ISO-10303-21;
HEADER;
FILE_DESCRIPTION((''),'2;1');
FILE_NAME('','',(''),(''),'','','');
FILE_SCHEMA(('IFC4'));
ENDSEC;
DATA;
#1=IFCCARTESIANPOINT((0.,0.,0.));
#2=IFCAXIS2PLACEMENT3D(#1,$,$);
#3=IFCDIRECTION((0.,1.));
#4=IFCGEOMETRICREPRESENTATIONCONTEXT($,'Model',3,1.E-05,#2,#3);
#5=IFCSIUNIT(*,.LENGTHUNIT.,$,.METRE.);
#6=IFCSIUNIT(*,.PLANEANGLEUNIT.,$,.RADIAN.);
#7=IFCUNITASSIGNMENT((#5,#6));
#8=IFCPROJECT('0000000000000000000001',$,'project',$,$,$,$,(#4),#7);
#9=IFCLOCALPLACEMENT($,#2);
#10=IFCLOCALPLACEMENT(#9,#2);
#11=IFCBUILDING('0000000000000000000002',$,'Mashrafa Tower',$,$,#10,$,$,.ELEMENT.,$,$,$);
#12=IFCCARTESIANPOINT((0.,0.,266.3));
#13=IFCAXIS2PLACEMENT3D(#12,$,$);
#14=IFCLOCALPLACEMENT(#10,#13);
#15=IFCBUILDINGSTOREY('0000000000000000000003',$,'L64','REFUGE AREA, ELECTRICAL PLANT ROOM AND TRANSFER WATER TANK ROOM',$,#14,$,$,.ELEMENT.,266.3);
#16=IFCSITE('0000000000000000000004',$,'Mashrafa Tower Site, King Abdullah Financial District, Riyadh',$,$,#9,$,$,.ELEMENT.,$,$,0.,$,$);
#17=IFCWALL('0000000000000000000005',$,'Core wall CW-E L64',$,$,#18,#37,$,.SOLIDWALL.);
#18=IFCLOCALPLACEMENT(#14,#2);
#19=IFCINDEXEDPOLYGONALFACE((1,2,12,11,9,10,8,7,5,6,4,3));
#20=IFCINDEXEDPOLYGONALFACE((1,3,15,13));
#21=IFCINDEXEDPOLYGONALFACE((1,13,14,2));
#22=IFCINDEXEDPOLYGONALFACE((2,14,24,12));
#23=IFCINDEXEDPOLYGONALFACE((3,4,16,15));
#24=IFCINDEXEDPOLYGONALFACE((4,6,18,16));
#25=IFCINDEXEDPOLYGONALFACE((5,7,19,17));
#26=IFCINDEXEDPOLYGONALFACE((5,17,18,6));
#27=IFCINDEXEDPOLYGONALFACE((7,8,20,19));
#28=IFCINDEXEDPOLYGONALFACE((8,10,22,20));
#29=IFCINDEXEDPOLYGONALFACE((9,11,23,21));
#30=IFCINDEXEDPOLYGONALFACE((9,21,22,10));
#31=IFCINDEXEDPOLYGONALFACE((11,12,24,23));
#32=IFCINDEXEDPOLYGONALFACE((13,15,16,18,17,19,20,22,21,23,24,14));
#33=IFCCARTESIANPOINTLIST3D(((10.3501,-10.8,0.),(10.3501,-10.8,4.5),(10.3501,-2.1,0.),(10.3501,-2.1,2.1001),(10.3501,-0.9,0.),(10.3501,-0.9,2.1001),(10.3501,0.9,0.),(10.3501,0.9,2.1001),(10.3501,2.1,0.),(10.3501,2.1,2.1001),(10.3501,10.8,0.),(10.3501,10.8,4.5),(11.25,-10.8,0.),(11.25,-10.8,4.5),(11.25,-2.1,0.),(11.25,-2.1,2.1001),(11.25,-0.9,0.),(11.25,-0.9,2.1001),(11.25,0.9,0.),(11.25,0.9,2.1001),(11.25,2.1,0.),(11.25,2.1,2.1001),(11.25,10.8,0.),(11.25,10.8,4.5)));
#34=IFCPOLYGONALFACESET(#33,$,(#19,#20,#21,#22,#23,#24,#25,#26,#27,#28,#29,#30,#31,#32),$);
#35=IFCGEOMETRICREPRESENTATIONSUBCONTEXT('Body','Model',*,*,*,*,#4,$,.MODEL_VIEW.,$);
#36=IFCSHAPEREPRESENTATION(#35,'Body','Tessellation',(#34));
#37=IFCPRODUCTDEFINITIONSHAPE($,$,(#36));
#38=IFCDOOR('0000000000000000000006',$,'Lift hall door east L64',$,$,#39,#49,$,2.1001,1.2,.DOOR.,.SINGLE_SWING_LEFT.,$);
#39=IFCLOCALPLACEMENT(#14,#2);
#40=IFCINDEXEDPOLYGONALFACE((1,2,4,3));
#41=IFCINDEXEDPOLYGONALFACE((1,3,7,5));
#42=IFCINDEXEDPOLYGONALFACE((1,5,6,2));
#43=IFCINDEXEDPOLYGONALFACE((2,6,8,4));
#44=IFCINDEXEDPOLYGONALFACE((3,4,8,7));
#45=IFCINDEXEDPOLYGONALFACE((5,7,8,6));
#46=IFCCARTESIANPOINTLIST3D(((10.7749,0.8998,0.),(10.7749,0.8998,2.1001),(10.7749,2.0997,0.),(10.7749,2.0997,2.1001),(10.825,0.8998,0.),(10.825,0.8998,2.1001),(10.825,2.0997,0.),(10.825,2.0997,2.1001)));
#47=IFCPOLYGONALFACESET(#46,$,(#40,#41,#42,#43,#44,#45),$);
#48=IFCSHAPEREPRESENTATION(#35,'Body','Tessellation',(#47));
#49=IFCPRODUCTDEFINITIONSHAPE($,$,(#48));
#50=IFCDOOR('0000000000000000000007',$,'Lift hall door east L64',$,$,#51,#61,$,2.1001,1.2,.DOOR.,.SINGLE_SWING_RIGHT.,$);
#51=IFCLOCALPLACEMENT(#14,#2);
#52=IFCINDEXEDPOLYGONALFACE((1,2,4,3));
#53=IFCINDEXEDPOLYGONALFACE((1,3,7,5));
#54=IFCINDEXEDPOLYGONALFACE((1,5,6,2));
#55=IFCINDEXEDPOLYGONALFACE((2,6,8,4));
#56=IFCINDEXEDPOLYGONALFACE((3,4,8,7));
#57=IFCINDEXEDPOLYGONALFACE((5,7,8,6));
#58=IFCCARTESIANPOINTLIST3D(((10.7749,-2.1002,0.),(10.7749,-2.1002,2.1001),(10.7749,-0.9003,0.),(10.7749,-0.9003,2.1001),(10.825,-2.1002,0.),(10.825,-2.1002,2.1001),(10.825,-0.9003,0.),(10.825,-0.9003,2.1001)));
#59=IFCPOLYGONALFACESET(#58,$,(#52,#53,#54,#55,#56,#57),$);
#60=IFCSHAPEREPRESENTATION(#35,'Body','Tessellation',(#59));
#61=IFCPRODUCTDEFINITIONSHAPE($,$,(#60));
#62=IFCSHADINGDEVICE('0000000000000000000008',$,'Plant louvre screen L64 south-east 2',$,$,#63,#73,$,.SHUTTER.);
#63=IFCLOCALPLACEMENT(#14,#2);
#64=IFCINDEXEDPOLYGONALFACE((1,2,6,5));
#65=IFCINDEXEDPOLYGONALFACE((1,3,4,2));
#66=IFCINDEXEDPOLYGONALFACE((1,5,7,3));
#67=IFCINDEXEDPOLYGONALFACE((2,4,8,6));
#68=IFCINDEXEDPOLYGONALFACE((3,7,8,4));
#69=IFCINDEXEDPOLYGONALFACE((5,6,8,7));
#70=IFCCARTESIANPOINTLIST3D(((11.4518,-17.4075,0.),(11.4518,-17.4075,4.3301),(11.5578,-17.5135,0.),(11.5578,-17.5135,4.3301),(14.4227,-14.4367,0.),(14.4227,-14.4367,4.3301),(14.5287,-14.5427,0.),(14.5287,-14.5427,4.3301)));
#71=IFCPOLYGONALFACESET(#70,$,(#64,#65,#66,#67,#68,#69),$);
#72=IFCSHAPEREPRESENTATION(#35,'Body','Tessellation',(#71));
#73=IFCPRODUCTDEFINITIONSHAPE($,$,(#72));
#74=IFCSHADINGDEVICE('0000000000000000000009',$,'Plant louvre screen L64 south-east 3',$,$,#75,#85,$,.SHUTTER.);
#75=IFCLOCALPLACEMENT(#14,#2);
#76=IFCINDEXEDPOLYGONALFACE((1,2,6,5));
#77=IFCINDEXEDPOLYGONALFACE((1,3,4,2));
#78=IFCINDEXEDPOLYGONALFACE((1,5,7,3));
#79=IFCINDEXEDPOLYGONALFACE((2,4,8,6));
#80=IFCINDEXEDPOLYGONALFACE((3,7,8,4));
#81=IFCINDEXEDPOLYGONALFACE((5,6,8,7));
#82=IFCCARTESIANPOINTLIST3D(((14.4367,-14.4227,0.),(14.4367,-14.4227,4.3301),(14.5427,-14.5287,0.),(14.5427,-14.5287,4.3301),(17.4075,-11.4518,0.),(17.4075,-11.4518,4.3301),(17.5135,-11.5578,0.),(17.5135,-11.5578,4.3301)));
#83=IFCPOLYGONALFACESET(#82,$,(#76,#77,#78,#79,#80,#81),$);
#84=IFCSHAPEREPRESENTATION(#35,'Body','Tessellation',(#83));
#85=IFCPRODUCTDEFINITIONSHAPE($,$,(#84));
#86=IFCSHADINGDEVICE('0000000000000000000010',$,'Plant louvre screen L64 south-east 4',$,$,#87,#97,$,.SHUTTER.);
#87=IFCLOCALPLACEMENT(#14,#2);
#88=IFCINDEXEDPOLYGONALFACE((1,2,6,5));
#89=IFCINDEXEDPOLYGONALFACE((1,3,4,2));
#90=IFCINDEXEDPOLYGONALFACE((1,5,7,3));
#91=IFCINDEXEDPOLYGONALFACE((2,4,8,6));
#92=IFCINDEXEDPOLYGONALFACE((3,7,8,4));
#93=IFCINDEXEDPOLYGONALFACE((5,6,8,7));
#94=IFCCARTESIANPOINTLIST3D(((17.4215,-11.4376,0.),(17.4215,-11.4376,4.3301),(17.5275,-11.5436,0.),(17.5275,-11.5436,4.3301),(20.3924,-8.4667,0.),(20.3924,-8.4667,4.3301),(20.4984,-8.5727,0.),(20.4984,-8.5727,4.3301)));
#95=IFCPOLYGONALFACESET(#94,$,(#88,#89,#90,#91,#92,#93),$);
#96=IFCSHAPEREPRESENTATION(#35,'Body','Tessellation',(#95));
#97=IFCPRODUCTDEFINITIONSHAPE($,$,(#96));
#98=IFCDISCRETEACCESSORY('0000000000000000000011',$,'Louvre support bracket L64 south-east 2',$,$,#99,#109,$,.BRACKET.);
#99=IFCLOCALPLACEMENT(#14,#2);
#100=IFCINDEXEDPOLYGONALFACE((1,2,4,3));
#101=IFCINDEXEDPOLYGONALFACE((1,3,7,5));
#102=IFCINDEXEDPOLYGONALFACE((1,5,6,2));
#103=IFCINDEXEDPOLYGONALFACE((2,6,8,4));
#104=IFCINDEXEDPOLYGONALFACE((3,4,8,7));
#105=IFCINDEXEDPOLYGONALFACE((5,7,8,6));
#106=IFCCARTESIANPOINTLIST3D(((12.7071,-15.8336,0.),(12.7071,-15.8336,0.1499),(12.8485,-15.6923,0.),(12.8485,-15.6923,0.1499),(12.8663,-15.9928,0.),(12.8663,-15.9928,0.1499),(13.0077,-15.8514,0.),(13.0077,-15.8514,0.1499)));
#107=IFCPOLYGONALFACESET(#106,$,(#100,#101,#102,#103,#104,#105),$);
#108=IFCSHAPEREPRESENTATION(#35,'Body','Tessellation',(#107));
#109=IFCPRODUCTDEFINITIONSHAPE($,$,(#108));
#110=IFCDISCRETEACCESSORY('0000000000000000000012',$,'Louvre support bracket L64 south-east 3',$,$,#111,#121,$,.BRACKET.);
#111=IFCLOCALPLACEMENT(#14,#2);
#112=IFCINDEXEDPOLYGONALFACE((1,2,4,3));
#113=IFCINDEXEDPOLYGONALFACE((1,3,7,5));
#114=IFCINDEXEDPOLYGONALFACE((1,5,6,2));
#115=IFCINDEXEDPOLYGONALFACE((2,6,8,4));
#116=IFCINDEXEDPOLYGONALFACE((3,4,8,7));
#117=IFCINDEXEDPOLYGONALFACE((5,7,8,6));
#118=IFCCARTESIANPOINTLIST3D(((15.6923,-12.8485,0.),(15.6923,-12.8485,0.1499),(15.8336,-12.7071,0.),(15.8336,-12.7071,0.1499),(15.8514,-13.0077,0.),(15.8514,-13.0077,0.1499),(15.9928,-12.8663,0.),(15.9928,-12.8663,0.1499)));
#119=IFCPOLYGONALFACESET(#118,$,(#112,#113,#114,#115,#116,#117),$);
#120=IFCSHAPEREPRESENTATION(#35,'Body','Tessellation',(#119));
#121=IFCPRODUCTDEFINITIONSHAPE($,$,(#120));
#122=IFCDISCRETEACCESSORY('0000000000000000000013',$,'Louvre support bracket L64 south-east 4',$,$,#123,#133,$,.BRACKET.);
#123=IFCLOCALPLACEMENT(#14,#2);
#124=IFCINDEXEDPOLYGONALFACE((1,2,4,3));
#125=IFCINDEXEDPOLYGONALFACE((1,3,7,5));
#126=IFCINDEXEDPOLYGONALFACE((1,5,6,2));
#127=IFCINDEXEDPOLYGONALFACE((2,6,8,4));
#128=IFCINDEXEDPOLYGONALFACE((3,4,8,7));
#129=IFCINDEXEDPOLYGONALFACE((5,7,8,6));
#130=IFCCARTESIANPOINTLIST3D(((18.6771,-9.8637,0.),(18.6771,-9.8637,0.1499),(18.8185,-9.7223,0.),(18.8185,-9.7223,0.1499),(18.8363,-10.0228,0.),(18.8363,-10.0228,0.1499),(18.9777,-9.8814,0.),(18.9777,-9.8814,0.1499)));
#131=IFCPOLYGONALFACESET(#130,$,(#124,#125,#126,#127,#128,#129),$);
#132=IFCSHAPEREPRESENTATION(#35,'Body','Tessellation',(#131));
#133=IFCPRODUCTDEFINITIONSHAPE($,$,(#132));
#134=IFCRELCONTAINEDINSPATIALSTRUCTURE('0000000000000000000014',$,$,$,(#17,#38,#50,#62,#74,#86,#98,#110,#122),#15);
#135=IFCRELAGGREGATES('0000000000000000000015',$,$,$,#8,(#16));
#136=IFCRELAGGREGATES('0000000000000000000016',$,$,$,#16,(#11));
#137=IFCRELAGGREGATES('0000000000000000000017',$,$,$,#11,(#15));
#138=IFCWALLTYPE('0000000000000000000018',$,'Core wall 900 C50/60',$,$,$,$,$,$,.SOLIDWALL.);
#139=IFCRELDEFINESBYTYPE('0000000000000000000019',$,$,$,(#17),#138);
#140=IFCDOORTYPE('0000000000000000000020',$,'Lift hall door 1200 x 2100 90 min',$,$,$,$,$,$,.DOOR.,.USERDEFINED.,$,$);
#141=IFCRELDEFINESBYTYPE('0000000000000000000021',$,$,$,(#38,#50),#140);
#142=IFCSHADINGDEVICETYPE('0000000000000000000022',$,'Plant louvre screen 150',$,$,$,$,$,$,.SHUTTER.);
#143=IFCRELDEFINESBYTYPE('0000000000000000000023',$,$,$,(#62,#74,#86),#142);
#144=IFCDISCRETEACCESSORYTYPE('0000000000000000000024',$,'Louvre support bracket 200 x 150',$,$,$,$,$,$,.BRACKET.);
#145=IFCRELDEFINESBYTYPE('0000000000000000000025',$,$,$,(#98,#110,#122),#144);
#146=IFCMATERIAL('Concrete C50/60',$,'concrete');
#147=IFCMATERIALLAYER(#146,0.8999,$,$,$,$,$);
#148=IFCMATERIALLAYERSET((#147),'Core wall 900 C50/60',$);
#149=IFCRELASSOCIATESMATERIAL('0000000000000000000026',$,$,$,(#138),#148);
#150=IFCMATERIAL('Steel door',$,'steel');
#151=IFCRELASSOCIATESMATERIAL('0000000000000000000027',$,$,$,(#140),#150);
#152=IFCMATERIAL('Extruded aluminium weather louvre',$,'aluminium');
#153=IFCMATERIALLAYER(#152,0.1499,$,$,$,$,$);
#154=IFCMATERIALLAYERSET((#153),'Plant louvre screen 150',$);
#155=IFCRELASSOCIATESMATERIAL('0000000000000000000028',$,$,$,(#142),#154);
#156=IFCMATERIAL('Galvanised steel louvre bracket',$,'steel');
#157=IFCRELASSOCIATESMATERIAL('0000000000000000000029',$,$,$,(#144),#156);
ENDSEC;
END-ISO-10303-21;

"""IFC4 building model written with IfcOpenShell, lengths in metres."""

from ifc_helpers import new_model, si_unit, direction, frame, frame_2d, origin, origin_2d, place, context, subcontext, project, spatial, rectangle, extrude, source, transform, mapped, material, layer, layer_set, type_object, type_shapes, element, fill, save


model = new_model("IFC4")

# Units and contexts
model_context = context("Model", 3, precision=1e-05, world=origin(), true_north=direction((0.0, 1.0)))
body_context = subcontext(model_context, "Body", "Model", "MODEL_VIEW")
ifc_project = project(units=[si_unit("LENGTHUNIT", "METRE"), si_unit("PLANEANGLEUNIT", "RADIAN")], contexts=[model_context])

# Site, building, storey
site_placement = place(None, origin())
site = spatial("IfcSite", under=ifc_project, at=site_placement, Name="Mashrafa Tower Site, King Abdullah Financial District, Riyadh", CompositionType="ELEMENT", RefElevation=0.0)
building_placement = place(site_placement, origin())
building = spatial("IfcBuilding", under=site, at=building_placement, Name="Mashrafa Tower", CompositionType="ELEMENT")
storey_placement = place(building_placement, frame((0.0, 0.0, 266.3)))
storey = spatial("IfcBuildingStorey", under=building, at=storey_placement, Name="L64", Description="REFUGE AREA, ELECTRICAL PLANT ROOM AND TRANSFER WATER TANK ROOM", CompositionType="ELEMENT", Elevation=266.3)

# Wall, openings, doors
ifc_material_1 = material(Name="Concrete C50/60", Category="concrete")
ifc_layer_1 = layer(ifc_material_1, 0.8999)
ifc_layer_set_1 = layer_set([ifc_layer_1], Name="Core wall 900 C50/60")
wall_type_1 = type_object("IfcWallType", Name="Core wall 900 C50/60", PredefinedType="SOLIDWALL", material=ifc_layer_set_1)
wall_1_placement = place(storey_placement, frame((10.8, -10.8, 0.0), z_axis=(0.0, 0.0, 1.0), x_axis=(0.0, 1.0, 0.0)))
wall_1 = element("IfcWall", 1, at=wall_1_placement, inside=storey, type_object=wall_type_1, Name="Core wall CW-E L64", PredefinedType="SOLIDWALL", context=body_context, shape_type="SweptSolid", body=[
    extrude(rectangle(XDim=21.6001, YDim=0.8999, at=frame_2d((10.8, 0.0))), origin(), (0.0, 0.0, 1.0), 4.5),
])
opening_1_placement = place(wall_1_placement, frame((11.7, 0.0, 0.0)))
opening_1 = element("IfcOpeningElement", 2, at=opening_1_placement, cuts=wall_1, PredefinedType="OPENING", context=body_context, shape_type="SweptSolid", body=[
    extrude(rectangle(XDim=1.2, YDim=2.1001, at=frame_2d((0.6001, 1.05))), frame((0.0, 0.46, 0.0), z_axis=(0.0, -1.0, 0.0), x_axis=(1.0, 0.0, 0.0)), (0.0, 0.0, 1.0), 0.9199),
])
opening_2_placement = place(wall_1_placement, frame((8.7, 0.0, 0.0)))
opening_2 = element("IfcOpeningElement", 3, at=opening_2_placement, cuts=wall_1, PredefinedType="OPENING", context=body_context, shape_type="SweptSolid", body=[
    extrude(rectangle(XDim=1.2, YDim=2.1001, at=frame_2d((0.6001, 1.05))), frame((0.0, 0.46, 0.0), z_axis=(0.0, -1.0, 0.0), x_axis=(1.0, 0.0, 0.0)), (0.0, 0.0, 1.0), 0.9199),
])
ifc_material_2 = material(Name="Steel door", Category="steel")
door_type_1 = type_object("IfcDoorType", Name="Lift hall door 1200 x 2100 90 min", OperationType="USERDEFINED", PredefinedType="DOOR", material=ifc_material_2)
door_1_placement = place(opening_1_placement, frame((1.2, 0.0, 0.0), z_axis=(0.0, 0.0, 1.0), x_axis=(-1.0, 0.0, 0.0)))
door_1 = element("IfcDoor", 4, at=door_1_placement, inside=storey, type_object=door_type_1, Name="Lift hall door east L64", OperationType="SINGLE_SWING_LEFT", OverallHeight=2.1001, OverallWidth=1.2, PredefinedType="DOOR", context=body_context, shape_type="SweptSolid", body=[
    extrude(rectangle(XDim=1.2, YDim=2.1001, at=frame_2d((0.6001, 1.05))), frame((0.0, 0.0249, 0.0), z_axis=(0.0, -1.0, 0.0), x_axis=(1.0, 0.0, 0.0)), (0.0, 0.0, 1.0), 0.05),
])
fill(opening_1, door_1)
door_2_placement = place(opening_2_placement, frame((1.2, 0.0, 0.0), z_axis=(0.0, 0.0, 1.0), x_axis=(-1.0, 0.0, 0.0)))
door_2 = element("IfcDoor", 5, at=door_2_placement, inside=storey, type_object=door_type_1, Name="Lift hall door east L64", OperationType="SINGLE_SWING_RIGHT", OverallHeight=2.1001, OverallWidth=1.2, PredefinedType="DOOR", context=body_context, shape_type="SweptSolid", body=[
    extrude(rectangle(XDim=1.2, YDim=2.1001, at=frame_2d((0.6001, 1.05))), frame((0.0, 0.0249, 0.0), z_axis=(0.0, -1.0, 0.0), x_axis=(1.0, 0.0, 0.0)), (0.0, 0.0, 1.0), 0.05),
])
fill(opening_2, door_2)

# Shading devices
ifc_material_3 = material(Name="Extruded aluminium weather louvre", Category="aluminium")
ifc_layer_2 = layer(ifc_material_3, 0.1499)
ifc_layer_set_2 = layer_set([ifc_layer_2], Name="Plant louvre screen 150")
shading_device_type = type_object("IfcShadingDeviceType", Name="Plant louvre screen 150", PredefinedType="SHUTTER", material=ifc_layer_set_2)
shared_shape_1 = source(origin(), body_context, "Body", "SweptSolid", [
    extrude(rectangle(XDim=4.2014, YDim=0.1499, at=origin_2d()), origin(), (0.0, 0.0, 1.0), 4.3301),
])
type_shapes(shading_device_type, [shared_shape_1])
for number, where, z_axis, x_axis, name in (
    (6, (12.9902, -15.9751, 0.0), (0.0, 0.0, 1.0), (0.707107, 0.707107, 0.0), "Plant louvre screen L64 south-east 2"),
    (7, (15.9751, -12.9902, 0.0), (0.0, 0.0, 1.0), (0.707107, 0.707107, 0.0), "Plant louvre screen L64 south-east 3"),
    (8, (18.96, -10.0051, 0.0), (0.0, 0.0, 1.0), (0.707107, 0.707107, 0.0), "Plant louvre screen L64 south-east 4"),
):
    element("IfcShadingDevice", number, at=place(storey_placement, frame(where, z_axis=z_axis, x_axis=x_axis)), inside=storey, type_object=shading_device_type, Name=name, PredefinedType="SHUTTER", context=body_context, shape_type="MappedRepresentation", body=[
        mapped(shared_shape_1, transform((0.0, 0.0, 0.0))),
    ])

# Discrete accessories
ifc_material_4 = material(Name="Galvanised steel louvre bracket", Category="steel")
discrete_accessory_type = type_object("IfcDiscreteAccessoryType", Name="Louvre support bracket 200 x 150", PredefinedType="BRACKET", material=ifc_material_4)
shared_shape_2 = source(origin(), body_context, "Body", "SweptSolid", [
    extrude(rectangle(XDim=0.2, YDim=0.2251, at=origin_2d()), origin(), (0.0, 0.0, 1.0), 0.1499),
])
type_shapes(discrete_accessory_type, [shared_shape_2])
for number, where, z_axis, x_axis, name in (
    (9, (12.8574, -15.8425, 0.0), (0.0, 0.0, 1.0), (0.707107, 0.707107, 0.0), "Louvre support bracket L64 south-east 2"),
    (10, (15.8425, -12.8574, 0.0), (0.0, 0.0, 1.0), (0.707107, 0.707107, 0.0), "Louvre support bracket L64 south-east 3"),
    (11, (18.8274, -9.8726, 0.0), (0.0, 0.0, 1.0), (0.707107, 0.707107, 0.0), "Louvre support bracket L64 south-east 4"),
):
    element("IfcDiscreteAccessory", number, at=place(storey_placement, frame(where, z_axis=z_axis, x_axis=x_axis)), inside=storey, type_object=discrete_accessory_type, Name=name, PredefinedType="BRACKET", context=body_context, shape_type="MappedRepresentation", body=[
        mapped(shared_shape_2, transform((0.0, 0.0, 0.0))),
    ])

save(model, "model.ifc")
